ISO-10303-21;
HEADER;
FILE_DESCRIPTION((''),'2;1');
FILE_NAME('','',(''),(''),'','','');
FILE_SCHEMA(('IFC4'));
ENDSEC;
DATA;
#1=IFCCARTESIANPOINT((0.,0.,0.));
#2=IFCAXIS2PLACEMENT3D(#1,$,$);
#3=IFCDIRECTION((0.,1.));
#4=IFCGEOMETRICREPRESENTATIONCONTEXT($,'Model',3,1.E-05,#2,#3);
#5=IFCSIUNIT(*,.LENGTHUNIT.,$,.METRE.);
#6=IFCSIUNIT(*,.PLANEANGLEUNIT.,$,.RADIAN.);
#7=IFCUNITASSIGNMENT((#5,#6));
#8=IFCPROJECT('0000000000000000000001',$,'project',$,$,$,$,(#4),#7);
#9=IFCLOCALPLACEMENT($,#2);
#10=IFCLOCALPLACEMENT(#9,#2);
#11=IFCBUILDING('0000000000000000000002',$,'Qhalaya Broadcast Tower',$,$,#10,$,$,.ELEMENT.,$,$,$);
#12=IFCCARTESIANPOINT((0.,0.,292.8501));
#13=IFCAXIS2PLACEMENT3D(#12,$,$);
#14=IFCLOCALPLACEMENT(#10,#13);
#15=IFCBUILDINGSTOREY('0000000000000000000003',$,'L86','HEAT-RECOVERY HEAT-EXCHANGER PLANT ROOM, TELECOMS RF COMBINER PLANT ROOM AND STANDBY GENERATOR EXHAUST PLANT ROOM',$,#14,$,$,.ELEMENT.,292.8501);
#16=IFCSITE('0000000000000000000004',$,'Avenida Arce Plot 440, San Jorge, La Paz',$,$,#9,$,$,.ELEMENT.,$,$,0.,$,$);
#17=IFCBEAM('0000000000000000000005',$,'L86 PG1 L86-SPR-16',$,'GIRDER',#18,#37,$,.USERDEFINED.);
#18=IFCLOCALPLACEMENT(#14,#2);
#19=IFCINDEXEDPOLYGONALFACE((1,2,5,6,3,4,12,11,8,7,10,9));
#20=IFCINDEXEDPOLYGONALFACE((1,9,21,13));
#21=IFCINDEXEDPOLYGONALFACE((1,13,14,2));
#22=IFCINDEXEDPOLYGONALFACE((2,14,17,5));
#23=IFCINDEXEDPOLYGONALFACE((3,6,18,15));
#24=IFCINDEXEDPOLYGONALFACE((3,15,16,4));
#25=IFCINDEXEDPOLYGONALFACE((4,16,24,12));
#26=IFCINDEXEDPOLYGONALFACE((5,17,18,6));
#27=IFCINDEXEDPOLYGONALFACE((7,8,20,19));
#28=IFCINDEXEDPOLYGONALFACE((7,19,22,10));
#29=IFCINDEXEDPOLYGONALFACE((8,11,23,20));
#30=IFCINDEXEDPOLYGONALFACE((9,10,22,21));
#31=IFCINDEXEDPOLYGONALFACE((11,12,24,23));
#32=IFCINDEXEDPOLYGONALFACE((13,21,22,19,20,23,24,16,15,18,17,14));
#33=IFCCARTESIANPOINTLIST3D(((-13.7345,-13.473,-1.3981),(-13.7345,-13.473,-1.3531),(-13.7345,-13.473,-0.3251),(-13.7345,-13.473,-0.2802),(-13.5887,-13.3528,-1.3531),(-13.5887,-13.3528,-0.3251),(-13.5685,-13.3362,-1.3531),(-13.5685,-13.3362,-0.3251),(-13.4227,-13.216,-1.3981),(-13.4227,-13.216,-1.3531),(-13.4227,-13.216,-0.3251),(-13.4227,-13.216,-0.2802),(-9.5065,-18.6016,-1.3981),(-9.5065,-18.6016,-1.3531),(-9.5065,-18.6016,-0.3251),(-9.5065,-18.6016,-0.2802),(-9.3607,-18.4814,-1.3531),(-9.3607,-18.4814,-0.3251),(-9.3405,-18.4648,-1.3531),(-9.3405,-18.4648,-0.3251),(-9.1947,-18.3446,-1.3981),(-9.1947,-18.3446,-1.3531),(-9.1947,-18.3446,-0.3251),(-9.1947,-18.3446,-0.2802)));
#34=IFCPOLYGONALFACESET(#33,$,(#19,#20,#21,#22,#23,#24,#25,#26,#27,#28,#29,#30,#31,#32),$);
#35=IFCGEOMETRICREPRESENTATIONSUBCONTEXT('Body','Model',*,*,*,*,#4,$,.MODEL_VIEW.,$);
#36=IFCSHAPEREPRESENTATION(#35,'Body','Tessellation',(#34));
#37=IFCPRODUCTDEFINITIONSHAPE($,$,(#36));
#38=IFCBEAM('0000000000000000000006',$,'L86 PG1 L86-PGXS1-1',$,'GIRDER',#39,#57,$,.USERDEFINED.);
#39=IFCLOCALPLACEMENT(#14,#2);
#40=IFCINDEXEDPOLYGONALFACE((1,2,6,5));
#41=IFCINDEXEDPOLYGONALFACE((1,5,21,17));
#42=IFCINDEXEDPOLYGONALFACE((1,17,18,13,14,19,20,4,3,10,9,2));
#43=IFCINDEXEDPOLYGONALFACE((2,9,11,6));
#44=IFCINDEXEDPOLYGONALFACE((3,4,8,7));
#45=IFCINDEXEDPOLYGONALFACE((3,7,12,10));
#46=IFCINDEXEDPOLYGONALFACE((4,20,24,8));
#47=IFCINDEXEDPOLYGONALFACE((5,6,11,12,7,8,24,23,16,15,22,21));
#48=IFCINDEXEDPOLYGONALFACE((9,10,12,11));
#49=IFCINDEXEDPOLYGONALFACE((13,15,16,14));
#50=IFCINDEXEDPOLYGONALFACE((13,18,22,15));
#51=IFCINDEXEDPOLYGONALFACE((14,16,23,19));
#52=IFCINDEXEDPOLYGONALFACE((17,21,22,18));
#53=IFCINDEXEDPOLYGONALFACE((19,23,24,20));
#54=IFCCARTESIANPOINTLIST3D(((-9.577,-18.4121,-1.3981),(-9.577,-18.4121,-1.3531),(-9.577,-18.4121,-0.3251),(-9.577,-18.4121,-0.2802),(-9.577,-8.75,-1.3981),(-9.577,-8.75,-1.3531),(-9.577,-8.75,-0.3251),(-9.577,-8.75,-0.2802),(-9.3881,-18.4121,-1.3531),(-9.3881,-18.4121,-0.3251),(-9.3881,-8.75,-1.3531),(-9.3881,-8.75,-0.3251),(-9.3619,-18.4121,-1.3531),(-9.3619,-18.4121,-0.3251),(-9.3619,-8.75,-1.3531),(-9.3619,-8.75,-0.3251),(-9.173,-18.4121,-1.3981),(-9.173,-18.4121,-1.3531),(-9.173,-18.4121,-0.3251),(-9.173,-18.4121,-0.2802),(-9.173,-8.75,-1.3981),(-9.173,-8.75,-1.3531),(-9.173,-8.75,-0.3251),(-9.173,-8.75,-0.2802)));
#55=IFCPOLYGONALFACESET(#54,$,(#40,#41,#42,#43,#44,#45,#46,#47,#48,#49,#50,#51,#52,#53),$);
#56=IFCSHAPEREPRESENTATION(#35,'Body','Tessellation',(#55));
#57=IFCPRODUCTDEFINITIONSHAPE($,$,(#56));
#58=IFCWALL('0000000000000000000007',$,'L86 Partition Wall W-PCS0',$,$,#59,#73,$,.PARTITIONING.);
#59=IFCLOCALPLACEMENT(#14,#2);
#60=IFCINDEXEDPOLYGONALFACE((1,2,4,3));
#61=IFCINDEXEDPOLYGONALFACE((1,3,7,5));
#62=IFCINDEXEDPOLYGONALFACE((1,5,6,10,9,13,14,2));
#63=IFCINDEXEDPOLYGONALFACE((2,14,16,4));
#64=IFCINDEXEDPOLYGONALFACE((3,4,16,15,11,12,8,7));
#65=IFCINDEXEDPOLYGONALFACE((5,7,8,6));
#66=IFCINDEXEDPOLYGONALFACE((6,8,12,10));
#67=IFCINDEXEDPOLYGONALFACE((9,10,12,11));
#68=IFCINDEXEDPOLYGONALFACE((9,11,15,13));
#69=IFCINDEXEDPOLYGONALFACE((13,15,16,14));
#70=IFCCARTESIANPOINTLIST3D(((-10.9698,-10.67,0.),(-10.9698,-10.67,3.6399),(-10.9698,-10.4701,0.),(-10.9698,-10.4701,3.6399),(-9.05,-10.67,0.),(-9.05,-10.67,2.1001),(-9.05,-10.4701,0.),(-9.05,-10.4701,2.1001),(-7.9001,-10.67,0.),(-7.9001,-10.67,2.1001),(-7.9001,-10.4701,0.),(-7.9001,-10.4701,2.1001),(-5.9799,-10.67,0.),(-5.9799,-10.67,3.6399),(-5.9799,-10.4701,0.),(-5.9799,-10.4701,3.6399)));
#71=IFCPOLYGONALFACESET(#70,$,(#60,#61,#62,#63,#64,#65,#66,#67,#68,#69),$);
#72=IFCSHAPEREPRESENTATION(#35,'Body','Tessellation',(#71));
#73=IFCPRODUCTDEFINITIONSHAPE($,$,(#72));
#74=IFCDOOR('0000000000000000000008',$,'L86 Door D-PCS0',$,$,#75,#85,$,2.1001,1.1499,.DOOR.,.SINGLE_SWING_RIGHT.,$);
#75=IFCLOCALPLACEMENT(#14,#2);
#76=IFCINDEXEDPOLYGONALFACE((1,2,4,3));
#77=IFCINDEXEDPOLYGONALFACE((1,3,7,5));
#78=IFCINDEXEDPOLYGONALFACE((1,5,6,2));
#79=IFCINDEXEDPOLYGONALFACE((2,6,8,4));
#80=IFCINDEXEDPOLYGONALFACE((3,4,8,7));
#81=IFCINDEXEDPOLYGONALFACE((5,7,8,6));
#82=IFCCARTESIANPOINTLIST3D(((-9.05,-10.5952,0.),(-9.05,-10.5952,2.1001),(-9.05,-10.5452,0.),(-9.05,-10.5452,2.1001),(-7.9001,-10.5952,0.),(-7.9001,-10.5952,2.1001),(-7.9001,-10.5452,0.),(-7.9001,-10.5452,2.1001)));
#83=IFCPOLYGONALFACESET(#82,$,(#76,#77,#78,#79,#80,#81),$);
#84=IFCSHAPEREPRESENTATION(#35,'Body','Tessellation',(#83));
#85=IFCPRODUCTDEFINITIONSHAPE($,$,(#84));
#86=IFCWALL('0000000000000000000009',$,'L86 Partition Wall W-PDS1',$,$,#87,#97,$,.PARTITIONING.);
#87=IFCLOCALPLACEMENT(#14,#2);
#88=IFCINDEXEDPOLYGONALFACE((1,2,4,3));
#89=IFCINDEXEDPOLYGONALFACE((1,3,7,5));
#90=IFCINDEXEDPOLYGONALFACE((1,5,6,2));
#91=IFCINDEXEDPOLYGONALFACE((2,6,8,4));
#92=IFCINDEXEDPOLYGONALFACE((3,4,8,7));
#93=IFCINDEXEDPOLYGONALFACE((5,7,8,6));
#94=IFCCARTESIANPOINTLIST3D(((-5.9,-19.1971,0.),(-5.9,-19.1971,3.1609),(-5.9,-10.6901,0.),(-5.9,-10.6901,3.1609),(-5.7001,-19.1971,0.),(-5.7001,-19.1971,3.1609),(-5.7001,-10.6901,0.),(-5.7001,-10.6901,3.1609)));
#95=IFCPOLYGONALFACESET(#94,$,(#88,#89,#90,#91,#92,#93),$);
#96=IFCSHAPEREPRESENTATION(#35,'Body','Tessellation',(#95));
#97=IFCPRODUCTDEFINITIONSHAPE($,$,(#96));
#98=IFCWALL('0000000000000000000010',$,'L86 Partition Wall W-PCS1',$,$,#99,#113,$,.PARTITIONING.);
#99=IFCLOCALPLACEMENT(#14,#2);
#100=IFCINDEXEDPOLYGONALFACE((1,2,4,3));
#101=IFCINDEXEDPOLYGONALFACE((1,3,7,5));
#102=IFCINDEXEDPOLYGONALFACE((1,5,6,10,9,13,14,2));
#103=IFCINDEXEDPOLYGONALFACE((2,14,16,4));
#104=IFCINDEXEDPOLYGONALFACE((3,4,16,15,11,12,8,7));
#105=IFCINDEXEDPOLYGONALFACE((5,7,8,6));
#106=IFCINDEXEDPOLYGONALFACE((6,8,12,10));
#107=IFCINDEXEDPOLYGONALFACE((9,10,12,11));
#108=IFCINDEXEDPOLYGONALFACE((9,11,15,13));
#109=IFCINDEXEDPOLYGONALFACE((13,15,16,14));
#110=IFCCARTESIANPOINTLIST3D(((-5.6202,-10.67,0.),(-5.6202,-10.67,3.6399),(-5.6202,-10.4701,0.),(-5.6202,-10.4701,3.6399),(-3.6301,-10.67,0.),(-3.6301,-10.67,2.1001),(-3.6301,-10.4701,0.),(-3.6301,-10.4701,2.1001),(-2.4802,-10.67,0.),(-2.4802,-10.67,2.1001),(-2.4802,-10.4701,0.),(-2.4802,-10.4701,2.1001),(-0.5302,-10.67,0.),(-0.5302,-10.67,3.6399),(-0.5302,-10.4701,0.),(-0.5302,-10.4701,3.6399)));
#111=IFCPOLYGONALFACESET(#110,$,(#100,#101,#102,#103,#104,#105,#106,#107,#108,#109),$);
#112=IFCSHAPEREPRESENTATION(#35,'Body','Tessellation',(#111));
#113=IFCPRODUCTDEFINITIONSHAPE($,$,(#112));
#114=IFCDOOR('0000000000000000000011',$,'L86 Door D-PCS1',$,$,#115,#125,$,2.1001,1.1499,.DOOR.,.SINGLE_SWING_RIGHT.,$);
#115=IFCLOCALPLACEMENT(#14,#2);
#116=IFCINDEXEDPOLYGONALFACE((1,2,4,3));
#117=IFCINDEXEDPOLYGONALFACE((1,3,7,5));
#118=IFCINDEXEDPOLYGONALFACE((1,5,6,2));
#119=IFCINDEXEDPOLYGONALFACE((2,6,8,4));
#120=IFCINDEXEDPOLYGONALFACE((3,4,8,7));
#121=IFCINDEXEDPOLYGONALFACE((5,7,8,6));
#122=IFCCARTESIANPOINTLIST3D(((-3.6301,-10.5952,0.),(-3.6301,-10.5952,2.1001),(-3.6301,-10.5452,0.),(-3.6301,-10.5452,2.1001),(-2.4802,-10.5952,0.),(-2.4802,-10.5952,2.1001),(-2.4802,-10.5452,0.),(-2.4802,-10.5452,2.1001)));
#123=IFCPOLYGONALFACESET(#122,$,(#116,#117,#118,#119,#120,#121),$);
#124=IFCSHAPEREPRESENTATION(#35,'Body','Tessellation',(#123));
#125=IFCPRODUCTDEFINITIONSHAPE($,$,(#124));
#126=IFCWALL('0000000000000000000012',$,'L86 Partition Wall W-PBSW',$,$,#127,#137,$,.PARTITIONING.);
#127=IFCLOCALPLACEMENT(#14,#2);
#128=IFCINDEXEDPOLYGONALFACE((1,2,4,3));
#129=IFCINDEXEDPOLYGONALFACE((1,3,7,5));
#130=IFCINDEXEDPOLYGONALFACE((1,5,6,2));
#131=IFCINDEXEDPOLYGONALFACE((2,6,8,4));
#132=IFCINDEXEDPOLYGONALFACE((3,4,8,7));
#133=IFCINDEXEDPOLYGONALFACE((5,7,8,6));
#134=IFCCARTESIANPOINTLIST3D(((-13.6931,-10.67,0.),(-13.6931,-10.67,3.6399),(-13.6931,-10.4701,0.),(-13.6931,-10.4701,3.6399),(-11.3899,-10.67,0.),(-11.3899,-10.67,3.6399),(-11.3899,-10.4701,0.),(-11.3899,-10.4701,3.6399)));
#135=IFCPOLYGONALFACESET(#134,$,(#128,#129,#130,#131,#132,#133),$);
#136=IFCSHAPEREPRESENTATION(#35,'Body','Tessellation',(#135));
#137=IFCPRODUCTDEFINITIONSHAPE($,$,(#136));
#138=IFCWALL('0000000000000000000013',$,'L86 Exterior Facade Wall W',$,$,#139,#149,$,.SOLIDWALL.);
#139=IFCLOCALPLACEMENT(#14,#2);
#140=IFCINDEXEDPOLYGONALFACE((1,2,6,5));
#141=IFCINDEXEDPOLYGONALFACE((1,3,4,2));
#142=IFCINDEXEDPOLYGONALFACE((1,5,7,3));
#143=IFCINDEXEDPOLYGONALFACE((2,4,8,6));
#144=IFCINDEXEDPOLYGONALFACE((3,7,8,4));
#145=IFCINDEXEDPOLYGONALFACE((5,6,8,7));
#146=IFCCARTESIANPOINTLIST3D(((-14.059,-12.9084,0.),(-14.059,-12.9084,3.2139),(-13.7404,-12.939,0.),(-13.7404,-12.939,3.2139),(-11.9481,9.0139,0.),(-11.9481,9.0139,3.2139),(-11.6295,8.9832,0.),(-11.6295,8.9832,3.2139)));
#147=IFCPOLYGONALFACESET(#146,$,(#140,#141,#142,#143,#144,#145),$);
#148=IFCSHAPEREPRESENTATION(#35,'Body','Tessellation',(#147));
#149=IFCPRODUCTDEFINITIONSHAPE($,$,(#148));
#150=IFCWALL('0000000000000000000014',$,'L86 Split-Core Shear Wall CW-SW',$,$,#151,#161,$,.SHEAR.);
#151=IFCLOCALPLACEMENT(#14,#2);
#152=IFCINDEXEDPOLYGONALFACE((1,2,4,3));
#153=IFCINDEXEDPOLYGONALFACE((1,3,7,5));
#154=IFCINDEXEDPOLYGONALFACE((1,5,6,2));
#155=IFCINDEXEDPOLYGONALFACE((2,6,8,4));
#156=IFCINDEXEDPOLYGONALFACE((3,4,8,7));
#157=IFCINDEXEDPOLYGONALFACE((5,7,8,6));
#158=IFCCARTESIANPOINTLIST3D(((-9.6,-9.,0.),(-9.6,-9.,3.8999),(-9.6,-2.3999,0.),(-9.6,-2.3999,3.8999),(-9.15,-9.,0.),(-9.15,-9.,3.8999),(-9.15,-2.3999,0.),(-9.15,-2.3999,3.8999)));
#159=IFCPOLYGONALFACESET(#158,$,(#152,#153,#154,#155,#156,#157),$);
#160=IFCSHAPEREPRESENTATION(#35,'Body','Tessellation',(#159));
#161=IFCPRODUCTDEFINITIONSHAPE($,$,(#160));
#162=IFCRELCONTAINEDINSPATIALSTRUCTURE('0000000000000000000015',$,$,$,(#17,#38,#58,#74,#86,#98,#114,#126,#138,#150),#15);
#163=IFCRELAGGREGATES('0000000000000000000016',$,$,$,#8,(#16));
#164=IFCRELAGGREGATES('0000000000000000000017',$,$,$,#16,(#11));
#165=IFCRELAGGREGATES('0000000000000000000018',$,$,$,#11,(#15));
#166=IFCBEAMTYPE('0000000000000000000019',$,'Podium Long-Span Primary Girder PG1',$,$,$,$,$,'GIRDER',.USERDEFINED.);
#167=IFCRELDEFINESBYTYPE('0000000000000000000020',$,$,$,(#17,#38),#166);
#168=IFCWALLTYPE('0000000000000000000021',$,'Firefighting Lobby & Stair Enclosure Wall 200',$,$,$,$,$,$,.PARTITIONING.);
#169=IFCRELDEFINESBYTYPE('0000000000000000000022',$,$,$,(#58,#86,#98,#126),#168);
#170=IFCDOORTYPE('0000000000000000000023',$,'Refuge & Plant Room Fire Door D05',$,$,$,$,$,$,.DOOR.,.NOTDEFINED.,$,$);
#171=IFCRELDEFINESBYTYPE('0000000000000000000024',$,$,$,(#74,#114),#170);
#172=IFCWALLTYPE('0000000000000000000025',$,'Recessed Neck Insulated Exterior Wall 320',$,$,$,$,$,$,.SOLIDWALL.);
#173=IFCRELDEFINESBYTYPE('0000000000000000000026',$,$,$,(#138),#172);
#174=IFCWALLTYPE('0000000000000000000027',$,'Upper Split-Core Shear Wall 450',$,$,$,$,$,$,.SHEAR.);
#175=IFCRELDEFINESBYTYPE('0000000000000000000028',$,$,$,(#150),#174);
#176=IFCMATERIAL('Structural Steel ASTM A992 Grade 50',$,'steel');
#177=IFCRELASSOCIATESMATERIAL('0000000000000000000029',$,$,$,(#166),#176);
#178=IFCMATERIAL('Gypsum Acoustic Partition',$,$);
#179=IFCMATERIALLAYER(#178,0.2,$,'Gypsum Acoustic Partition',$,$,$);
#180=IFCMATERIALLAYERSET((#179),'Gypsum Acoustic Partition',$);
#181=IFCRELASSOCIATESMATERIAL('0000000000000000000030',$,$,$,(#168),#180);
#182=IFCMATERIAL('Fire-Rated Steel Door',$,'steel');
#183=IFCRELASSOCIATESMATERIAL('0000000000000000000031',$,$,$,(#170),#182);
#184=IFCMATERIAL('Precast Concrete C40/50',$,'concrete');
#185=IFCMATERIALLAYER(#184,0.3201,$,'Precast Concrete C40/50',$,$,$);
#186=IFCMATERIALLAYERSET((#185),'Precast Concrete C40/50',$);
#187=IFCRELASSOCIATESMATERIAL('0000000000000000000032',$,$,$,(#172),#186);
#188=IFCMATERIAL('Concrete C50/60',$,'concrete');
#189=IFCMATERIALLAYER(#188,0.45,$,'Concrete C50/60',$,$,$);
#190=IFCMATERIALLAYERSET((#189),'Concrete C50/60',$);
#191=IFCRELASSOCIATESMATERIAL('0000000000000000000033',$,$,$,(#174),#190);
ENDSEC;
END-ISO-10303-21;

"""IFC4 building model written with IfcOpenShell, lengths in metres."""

from ifc_helpers import new_model, si_unit, direction, frame, frame_2d, origin, origin_2d, place, context, subcontext, project, spatial, rectangle, i_section, extrude, material, layer, layer_set, material_profile, profile_set, type_object, element, fill, save


model = new_model("IFC4")

# Units and contexts
model_context = context("Model", 3, precision=1e-05, world=origin(), true_north=direction((0.0, 1.0)))
body_context = subcontext(model_context, "Body", "Model", "MODEL_VIEW")
ifc_project = project(units=[si_unit("LENGTHUNIT", "METRE"), si_unit("PLANEANGLEUNIT", "RADIAN")], contexts=[model_context])

# Site, building, storey
site_placement = place(None, origin())
site = spatial("IfcSite", under=ifc_project, at=site_placement, Name="Avenida Arce Plot 440, San Jorge, La Paz", CompositionType="ELEMENT", RefElevation=0.0)
building_placement = place(site_placement, origin())
building = spatial("IfcBuilding", under=site, at=building_placement, Name="Qhalaya Broadcast Tower", CompositionType="ELEMENT")
storey_placement = place(building_placement, frame((0.0, 0.0, 292.8501)))
storey = spatial("IfcBuildingStorey", under=building, at=storey_placement, Name="L86", Description="HEAT-RECOVERY HEAT-EXCHANGER PLANT ROOM, TELECOMS RF COMBINER PLANT ROOM AND STANDBY GENERATOR EXHAUST PLANT ROOM", CompositionType="ELEMENT", Elevation=292.8501)

# Shared definitions
ifc_material_1 = material(Name="Concrete C50/60", Category="concrete")

# Beams
ifc_material_2 = material(Name="Structural Steel ASTM A992 Grade 50", Category="steel")
ifc_material_profile_1 = material_profile(ifc_material_2, i_section(OverallWidth=0.4041, OverallDepth=1.1179, WebThickness=0.0261, FlangeThickness=0.0449, at=origin_2d()), Name="W44X335")
ifc_profile_set_1 = profile_set([ifc_material_profile_1], Name="Structural Steel ASTM A992 Grade 50")
beam_type_1 = type_object("IfcBeamType", Name="Podium Long-Span Primary Girder PG1", ElementType="GIRDER", PredefinedType="USERDEFINED", material=ifc_profile_set_1)
beam_1_placement = place(storey_placement, frame((-13.5786, -13.3445, -0.8391), z_axis=(0.636104, -0.771604, 0.0), x_axis=(0.771604, 0.636104, 0.0)))
element("IfcBeam", 1, at=beam_1_placement, inside=storey, type_object=beam_type_1, Name="L86 PG1 L86-SPR-16", ObjectType="GIRDER", PredefinedType="USERDEFINED", context=body_context, shape_type="SweptSolid", body=[
    extrude(i_section(OverallWidth=0.4041, OverallDepth=1.1179, WebThickness=0.0261, FlangeThickness=0.0449, at=origin_2d()), origin(), (0.0, 0.0, 1.0), 6.6467),
])
beam_2_placement = place(storey_placement, frame((-9.375, -18.4121, -0.8391), z_axis=(0.0, 1.0, 0.0), x_axis=(-1.0, 0.0, 0.0)))
element("IfcBeam", 2, at=beam_2_placement, inside=storey, type_object=beam_type_1, Name="L86 PG1 L86-PGXS1-1", ObjectType="GIRDER", PredefinedType="USERDEFINED", context=body_context, shape_type="SweptSolid", body=[
    extrude(i_section(OverallWidth=0.4041, OverallDepth=1.1179, WebThickness=0.0261, FlangeThickness=0.0449, at=origin_2d()), origin(), (0.0, 0.0, 1.0), 9.6621),
])

# Wall, opening, door
ifc_material_3 = material(Name="Gypsum Acoustic Partition")
ifc_layer_1 = layer(ifc_material_3, 0.2, Name="Gypsum Acoustic Partition")
ifc_layer_set_1 = layer_set([ifc_layer_1], Name="Gypsum Acoustic Partition")
wall_type_1 = type_object("IfcWallType", Name="Firefighting Lobby & Stair Enclosure Wall 200", PredefinedType="PARTITIONING", material=ifc_layer_set_1)
wall_1_placement = place(storey_placement, frame((-10.97, -10.5701, 0.0), z_axis=(0.0, 0.0, 1.0), x_axis=(1.0, 0.0, 0.0)))
wall_1 = element("IfcWall", 3, at=wall_1_placement, inside=storey, type_object=wall_type_1, Name="L86 Partition Wall W-PCS0", PredefinedType="PARTITIONING", context=body_context, shape_type="SweptSolid", body=[
    extrude(rectangle(XDim=4.99, YDim=0.2, at=frame_2d((2.4951, 0.0))), origin(), (0.0, 0.0, 1.0), 3.6399),
])
opening_1_placement = place(wall_1_placement, frame((1.9199, 0.0, 0.0)))
opening_1 = element("IfcOpeningElement", 4, at=opening_1_placement, cuts=wall_1, PredefinedType="OPENING", context=body_context, shape_type="SweptSolid", body=[
    extrude(rectangle(XDim=1.1499, YDim=2.1001, at=frame_2d((0.575, 1.05))), frame((0.0, 0.1121, 0.0), z_axis=(0.0, -1.0, 0.0), x_axis=(1.0, 0.0, 0.0)), (0.0, 0.0, 1.0), 0.2239),
])
ifc_material_4 = material(Name="Fire-Rated Steel Door", Category="steel")
door_type = type_object("IfcDoorType", Name="Refuge & Plant Room Fire Door D05", OperationType="NOTDEFINED", PredefinedType="DOOR", material=ifc_material_4)
door_1_placement = place(opening_1_placement, origin())
door_1 = element("IfcDoor", 5, at=door_1_placement, inside=storey, type_object=door_type, Name="L86 Door D-PCS0", OperationType="SINGLE_SWING_RIGHT", OverallHeight=2.1001, OverallWidth=1.1499, PredefinedType="DOOR", context=body_context, shape_type="SweptSolid", body=[
    extrude(rectangle(XDim=1.1499, YDim=2.1001, at=frame_2d((0.575, 1.05))), frame((0.0, 0.0249, 0.0), z_axis=(0.0, -1.0, 0.0), x_axis=(1.0, 0.0, 0.0)), (0.0, 0.0, 1.0), 0.05),
])
fill(opening_1, door_1)

# Wall
wall_2_placement = place(storey_placement, frame((-5.8, -19.197, 0.0), z_axis=(0.0, 0.0, 1.0), x_axis=(0.0, 1.0, 0.0)))
element("IfcWall", 6, at=wall_2_placement, inside=storey, type_object=wall_type_1, Name="L86 Partition Wall W-PDS1", PredefinedType="PARTITIONING", context=body_context, shape_type="SweptSolid", body=[
    extrude(rectangle(XDim=8.5071, YDim=0.2, at=frame_2d((4.2534, 0.0))), origin(), (0.0, 0.0, 1.0), 3.1609),
])

# Wall, opening, door
wall_3_placement = place(storey_placement, frame((-5.6201, -10.5701, 0.0), z_axis=(0.0, 0.0, 1.0), x_axis=(1.0, 0.0, 0.0)))
wall_3 = element("IfcWall", 7, at=wall_3_placement, inside=storey, type_object=wall_type_1, Name="L86 Partition Wall W-PCS1", PredefinedType="PARTITIONING", context=body_context, shape_type="SweptSolid", body=[
    extrude(rectangle(XDim=5.0901, YDim=0.2, at=frame_2d((2.5449, 0.0))), origin(), (0.0, 0.0, 1.0), 3.6399),
])
opening_2_placement = place(wall_3_placement, frame((1.99, 0.0, 0.0)))
opening_2 = element("IfcOpeningElement", 8, at=opening_2_placement, cuts=wall_3, PredefinedType="OPENING", context=body_context, shape_type="SweptSolid", body=[
    extrude(rectangle(XDim=1.1499, YDim=2.1001, at=frame_2d((0.575, 1.05))), frame((0.0, 0.1121, 0.0), z_axis=(0.0, -1.0, 0.0), x_axis=(1.0, 0.0, 0.0)), (0.0, 0.0, 1.0), 0.2239),
])
door_2_placement = place(opening_2_placement, origin())
door_2 = element("IfcDoor", 9, at=door_2_placement, inside=storey, type_object=door_type, Name="L86 Door D-PCS1", OperationType="SINGLE_SWING_RIGHT", OverallHeight=2.1001, OverallWidth=1.1499, PredefinedType="DOOR", context=body_context, shape_type="SweptSolid", body=[
    extrude(rectangle(XDim=1.1499, YDim=2.1001, at=frame_2d((0.575, 1.05))), frame((0.0, 0.0249, 0.0), z_axis=(0.0, -1.0, 0.0), x_axis=(1.0, 0.0, 0.0)), (0.0, 0.0, 1.0), 0.05),
])
fill(opening_2, door_2)

# Walls
wall_4_placement = place(storey_placement, frame((-13.6931, -10.5701, 0.0), z_axis=(0.0, 0.0, 1.0), x_axis=(1.0, 0.0, 0.0)))
element("IfcWall", 10, at=wall_4_placement, inside=storey, type_object=wall_type_1, Name="L86 Partition Wall W-PBSW", PredefinedType="PARTITIONING", context=body_context, shape_type="SweptSolid", body=[
    extrude(rectangle(XDim=2.3032, YDim=0.2, at=frame_2d((1.1516, 0.0))), origin(), (0.0, 0.0, 1.0), 3.6399),
])
ifc_material_5 = material(Name="Precast Concrete C40/50", Category="concrete")
ifc_layer_2 = layer(ifc_material_5, 0.3201, Name="Precast Concrete C40/50")
ifc_layer_set_2 = layer_set([ifc_layer_2], Name="Precast Concrete C40/50")
wall_type_2 = type_object("IfcWallType", Name="Recessed Neck Insulated Exterior Wall 320", PredefinedType="SOLIDWALL", material=ifc_layer_set_2)
wall_5_placement = place(storey_placement, frame((-13.8997, -12.9236, 0.0), z_axis=(0.0, 0.0, 1.0), x_axis=(0.095844, 0.995396, 0.0)))
element("IfcWall", 11, at=wall_5_placement, inside=storey, type_object=wall_type_2, Name="L86 Exterior Facade Wall W", PredefinedType="SOLIDWALL", context=body_context, shape_type="SweptSolid", body=[
    extrude(rectangle(XDim=22.0237, YDim=0.3201, at=frame_2d((11.0117, 0.0))), origin(), (0.0, 0.0, 1.0), 3.2139),
])
ifc_layer_3 = layer(ifc_material_1, 0.45, Name="Concrete C50/60")
ifc_layer_set_3 = layer_set([ifc_layer_3], Name="Concrete C50/60")
wall_type_3 = type_object("IfcWallType", Name="Upper Split-Core Shear Wall 450", PredefinedType="SHEAR", material=ifc_layer_set_3)
wall_6_placement = place(storey_placement, frame((-9.375, -9.0, 0.0), z_axis=(0.0, 0.0, 1.0), x_axis=(0.0, 1.0, 0.0)))
element("IfcWall", 12, at=wall_6_placement, inside=storey, type_object=wall_type_3, Name="L86 Split-Core Shear Wall CW-SW", PredefinedType="SHEAR", context=body_context, shape_type="SweptSolid", body=[
    extrude(rectangle(XDim=6.6001, YDim=0.45, at=frame_2d((3.3, 0.0))), origin(), (0.0, 0.0, 1.0), 3.8999),
])

save(model, "model.ifc")
